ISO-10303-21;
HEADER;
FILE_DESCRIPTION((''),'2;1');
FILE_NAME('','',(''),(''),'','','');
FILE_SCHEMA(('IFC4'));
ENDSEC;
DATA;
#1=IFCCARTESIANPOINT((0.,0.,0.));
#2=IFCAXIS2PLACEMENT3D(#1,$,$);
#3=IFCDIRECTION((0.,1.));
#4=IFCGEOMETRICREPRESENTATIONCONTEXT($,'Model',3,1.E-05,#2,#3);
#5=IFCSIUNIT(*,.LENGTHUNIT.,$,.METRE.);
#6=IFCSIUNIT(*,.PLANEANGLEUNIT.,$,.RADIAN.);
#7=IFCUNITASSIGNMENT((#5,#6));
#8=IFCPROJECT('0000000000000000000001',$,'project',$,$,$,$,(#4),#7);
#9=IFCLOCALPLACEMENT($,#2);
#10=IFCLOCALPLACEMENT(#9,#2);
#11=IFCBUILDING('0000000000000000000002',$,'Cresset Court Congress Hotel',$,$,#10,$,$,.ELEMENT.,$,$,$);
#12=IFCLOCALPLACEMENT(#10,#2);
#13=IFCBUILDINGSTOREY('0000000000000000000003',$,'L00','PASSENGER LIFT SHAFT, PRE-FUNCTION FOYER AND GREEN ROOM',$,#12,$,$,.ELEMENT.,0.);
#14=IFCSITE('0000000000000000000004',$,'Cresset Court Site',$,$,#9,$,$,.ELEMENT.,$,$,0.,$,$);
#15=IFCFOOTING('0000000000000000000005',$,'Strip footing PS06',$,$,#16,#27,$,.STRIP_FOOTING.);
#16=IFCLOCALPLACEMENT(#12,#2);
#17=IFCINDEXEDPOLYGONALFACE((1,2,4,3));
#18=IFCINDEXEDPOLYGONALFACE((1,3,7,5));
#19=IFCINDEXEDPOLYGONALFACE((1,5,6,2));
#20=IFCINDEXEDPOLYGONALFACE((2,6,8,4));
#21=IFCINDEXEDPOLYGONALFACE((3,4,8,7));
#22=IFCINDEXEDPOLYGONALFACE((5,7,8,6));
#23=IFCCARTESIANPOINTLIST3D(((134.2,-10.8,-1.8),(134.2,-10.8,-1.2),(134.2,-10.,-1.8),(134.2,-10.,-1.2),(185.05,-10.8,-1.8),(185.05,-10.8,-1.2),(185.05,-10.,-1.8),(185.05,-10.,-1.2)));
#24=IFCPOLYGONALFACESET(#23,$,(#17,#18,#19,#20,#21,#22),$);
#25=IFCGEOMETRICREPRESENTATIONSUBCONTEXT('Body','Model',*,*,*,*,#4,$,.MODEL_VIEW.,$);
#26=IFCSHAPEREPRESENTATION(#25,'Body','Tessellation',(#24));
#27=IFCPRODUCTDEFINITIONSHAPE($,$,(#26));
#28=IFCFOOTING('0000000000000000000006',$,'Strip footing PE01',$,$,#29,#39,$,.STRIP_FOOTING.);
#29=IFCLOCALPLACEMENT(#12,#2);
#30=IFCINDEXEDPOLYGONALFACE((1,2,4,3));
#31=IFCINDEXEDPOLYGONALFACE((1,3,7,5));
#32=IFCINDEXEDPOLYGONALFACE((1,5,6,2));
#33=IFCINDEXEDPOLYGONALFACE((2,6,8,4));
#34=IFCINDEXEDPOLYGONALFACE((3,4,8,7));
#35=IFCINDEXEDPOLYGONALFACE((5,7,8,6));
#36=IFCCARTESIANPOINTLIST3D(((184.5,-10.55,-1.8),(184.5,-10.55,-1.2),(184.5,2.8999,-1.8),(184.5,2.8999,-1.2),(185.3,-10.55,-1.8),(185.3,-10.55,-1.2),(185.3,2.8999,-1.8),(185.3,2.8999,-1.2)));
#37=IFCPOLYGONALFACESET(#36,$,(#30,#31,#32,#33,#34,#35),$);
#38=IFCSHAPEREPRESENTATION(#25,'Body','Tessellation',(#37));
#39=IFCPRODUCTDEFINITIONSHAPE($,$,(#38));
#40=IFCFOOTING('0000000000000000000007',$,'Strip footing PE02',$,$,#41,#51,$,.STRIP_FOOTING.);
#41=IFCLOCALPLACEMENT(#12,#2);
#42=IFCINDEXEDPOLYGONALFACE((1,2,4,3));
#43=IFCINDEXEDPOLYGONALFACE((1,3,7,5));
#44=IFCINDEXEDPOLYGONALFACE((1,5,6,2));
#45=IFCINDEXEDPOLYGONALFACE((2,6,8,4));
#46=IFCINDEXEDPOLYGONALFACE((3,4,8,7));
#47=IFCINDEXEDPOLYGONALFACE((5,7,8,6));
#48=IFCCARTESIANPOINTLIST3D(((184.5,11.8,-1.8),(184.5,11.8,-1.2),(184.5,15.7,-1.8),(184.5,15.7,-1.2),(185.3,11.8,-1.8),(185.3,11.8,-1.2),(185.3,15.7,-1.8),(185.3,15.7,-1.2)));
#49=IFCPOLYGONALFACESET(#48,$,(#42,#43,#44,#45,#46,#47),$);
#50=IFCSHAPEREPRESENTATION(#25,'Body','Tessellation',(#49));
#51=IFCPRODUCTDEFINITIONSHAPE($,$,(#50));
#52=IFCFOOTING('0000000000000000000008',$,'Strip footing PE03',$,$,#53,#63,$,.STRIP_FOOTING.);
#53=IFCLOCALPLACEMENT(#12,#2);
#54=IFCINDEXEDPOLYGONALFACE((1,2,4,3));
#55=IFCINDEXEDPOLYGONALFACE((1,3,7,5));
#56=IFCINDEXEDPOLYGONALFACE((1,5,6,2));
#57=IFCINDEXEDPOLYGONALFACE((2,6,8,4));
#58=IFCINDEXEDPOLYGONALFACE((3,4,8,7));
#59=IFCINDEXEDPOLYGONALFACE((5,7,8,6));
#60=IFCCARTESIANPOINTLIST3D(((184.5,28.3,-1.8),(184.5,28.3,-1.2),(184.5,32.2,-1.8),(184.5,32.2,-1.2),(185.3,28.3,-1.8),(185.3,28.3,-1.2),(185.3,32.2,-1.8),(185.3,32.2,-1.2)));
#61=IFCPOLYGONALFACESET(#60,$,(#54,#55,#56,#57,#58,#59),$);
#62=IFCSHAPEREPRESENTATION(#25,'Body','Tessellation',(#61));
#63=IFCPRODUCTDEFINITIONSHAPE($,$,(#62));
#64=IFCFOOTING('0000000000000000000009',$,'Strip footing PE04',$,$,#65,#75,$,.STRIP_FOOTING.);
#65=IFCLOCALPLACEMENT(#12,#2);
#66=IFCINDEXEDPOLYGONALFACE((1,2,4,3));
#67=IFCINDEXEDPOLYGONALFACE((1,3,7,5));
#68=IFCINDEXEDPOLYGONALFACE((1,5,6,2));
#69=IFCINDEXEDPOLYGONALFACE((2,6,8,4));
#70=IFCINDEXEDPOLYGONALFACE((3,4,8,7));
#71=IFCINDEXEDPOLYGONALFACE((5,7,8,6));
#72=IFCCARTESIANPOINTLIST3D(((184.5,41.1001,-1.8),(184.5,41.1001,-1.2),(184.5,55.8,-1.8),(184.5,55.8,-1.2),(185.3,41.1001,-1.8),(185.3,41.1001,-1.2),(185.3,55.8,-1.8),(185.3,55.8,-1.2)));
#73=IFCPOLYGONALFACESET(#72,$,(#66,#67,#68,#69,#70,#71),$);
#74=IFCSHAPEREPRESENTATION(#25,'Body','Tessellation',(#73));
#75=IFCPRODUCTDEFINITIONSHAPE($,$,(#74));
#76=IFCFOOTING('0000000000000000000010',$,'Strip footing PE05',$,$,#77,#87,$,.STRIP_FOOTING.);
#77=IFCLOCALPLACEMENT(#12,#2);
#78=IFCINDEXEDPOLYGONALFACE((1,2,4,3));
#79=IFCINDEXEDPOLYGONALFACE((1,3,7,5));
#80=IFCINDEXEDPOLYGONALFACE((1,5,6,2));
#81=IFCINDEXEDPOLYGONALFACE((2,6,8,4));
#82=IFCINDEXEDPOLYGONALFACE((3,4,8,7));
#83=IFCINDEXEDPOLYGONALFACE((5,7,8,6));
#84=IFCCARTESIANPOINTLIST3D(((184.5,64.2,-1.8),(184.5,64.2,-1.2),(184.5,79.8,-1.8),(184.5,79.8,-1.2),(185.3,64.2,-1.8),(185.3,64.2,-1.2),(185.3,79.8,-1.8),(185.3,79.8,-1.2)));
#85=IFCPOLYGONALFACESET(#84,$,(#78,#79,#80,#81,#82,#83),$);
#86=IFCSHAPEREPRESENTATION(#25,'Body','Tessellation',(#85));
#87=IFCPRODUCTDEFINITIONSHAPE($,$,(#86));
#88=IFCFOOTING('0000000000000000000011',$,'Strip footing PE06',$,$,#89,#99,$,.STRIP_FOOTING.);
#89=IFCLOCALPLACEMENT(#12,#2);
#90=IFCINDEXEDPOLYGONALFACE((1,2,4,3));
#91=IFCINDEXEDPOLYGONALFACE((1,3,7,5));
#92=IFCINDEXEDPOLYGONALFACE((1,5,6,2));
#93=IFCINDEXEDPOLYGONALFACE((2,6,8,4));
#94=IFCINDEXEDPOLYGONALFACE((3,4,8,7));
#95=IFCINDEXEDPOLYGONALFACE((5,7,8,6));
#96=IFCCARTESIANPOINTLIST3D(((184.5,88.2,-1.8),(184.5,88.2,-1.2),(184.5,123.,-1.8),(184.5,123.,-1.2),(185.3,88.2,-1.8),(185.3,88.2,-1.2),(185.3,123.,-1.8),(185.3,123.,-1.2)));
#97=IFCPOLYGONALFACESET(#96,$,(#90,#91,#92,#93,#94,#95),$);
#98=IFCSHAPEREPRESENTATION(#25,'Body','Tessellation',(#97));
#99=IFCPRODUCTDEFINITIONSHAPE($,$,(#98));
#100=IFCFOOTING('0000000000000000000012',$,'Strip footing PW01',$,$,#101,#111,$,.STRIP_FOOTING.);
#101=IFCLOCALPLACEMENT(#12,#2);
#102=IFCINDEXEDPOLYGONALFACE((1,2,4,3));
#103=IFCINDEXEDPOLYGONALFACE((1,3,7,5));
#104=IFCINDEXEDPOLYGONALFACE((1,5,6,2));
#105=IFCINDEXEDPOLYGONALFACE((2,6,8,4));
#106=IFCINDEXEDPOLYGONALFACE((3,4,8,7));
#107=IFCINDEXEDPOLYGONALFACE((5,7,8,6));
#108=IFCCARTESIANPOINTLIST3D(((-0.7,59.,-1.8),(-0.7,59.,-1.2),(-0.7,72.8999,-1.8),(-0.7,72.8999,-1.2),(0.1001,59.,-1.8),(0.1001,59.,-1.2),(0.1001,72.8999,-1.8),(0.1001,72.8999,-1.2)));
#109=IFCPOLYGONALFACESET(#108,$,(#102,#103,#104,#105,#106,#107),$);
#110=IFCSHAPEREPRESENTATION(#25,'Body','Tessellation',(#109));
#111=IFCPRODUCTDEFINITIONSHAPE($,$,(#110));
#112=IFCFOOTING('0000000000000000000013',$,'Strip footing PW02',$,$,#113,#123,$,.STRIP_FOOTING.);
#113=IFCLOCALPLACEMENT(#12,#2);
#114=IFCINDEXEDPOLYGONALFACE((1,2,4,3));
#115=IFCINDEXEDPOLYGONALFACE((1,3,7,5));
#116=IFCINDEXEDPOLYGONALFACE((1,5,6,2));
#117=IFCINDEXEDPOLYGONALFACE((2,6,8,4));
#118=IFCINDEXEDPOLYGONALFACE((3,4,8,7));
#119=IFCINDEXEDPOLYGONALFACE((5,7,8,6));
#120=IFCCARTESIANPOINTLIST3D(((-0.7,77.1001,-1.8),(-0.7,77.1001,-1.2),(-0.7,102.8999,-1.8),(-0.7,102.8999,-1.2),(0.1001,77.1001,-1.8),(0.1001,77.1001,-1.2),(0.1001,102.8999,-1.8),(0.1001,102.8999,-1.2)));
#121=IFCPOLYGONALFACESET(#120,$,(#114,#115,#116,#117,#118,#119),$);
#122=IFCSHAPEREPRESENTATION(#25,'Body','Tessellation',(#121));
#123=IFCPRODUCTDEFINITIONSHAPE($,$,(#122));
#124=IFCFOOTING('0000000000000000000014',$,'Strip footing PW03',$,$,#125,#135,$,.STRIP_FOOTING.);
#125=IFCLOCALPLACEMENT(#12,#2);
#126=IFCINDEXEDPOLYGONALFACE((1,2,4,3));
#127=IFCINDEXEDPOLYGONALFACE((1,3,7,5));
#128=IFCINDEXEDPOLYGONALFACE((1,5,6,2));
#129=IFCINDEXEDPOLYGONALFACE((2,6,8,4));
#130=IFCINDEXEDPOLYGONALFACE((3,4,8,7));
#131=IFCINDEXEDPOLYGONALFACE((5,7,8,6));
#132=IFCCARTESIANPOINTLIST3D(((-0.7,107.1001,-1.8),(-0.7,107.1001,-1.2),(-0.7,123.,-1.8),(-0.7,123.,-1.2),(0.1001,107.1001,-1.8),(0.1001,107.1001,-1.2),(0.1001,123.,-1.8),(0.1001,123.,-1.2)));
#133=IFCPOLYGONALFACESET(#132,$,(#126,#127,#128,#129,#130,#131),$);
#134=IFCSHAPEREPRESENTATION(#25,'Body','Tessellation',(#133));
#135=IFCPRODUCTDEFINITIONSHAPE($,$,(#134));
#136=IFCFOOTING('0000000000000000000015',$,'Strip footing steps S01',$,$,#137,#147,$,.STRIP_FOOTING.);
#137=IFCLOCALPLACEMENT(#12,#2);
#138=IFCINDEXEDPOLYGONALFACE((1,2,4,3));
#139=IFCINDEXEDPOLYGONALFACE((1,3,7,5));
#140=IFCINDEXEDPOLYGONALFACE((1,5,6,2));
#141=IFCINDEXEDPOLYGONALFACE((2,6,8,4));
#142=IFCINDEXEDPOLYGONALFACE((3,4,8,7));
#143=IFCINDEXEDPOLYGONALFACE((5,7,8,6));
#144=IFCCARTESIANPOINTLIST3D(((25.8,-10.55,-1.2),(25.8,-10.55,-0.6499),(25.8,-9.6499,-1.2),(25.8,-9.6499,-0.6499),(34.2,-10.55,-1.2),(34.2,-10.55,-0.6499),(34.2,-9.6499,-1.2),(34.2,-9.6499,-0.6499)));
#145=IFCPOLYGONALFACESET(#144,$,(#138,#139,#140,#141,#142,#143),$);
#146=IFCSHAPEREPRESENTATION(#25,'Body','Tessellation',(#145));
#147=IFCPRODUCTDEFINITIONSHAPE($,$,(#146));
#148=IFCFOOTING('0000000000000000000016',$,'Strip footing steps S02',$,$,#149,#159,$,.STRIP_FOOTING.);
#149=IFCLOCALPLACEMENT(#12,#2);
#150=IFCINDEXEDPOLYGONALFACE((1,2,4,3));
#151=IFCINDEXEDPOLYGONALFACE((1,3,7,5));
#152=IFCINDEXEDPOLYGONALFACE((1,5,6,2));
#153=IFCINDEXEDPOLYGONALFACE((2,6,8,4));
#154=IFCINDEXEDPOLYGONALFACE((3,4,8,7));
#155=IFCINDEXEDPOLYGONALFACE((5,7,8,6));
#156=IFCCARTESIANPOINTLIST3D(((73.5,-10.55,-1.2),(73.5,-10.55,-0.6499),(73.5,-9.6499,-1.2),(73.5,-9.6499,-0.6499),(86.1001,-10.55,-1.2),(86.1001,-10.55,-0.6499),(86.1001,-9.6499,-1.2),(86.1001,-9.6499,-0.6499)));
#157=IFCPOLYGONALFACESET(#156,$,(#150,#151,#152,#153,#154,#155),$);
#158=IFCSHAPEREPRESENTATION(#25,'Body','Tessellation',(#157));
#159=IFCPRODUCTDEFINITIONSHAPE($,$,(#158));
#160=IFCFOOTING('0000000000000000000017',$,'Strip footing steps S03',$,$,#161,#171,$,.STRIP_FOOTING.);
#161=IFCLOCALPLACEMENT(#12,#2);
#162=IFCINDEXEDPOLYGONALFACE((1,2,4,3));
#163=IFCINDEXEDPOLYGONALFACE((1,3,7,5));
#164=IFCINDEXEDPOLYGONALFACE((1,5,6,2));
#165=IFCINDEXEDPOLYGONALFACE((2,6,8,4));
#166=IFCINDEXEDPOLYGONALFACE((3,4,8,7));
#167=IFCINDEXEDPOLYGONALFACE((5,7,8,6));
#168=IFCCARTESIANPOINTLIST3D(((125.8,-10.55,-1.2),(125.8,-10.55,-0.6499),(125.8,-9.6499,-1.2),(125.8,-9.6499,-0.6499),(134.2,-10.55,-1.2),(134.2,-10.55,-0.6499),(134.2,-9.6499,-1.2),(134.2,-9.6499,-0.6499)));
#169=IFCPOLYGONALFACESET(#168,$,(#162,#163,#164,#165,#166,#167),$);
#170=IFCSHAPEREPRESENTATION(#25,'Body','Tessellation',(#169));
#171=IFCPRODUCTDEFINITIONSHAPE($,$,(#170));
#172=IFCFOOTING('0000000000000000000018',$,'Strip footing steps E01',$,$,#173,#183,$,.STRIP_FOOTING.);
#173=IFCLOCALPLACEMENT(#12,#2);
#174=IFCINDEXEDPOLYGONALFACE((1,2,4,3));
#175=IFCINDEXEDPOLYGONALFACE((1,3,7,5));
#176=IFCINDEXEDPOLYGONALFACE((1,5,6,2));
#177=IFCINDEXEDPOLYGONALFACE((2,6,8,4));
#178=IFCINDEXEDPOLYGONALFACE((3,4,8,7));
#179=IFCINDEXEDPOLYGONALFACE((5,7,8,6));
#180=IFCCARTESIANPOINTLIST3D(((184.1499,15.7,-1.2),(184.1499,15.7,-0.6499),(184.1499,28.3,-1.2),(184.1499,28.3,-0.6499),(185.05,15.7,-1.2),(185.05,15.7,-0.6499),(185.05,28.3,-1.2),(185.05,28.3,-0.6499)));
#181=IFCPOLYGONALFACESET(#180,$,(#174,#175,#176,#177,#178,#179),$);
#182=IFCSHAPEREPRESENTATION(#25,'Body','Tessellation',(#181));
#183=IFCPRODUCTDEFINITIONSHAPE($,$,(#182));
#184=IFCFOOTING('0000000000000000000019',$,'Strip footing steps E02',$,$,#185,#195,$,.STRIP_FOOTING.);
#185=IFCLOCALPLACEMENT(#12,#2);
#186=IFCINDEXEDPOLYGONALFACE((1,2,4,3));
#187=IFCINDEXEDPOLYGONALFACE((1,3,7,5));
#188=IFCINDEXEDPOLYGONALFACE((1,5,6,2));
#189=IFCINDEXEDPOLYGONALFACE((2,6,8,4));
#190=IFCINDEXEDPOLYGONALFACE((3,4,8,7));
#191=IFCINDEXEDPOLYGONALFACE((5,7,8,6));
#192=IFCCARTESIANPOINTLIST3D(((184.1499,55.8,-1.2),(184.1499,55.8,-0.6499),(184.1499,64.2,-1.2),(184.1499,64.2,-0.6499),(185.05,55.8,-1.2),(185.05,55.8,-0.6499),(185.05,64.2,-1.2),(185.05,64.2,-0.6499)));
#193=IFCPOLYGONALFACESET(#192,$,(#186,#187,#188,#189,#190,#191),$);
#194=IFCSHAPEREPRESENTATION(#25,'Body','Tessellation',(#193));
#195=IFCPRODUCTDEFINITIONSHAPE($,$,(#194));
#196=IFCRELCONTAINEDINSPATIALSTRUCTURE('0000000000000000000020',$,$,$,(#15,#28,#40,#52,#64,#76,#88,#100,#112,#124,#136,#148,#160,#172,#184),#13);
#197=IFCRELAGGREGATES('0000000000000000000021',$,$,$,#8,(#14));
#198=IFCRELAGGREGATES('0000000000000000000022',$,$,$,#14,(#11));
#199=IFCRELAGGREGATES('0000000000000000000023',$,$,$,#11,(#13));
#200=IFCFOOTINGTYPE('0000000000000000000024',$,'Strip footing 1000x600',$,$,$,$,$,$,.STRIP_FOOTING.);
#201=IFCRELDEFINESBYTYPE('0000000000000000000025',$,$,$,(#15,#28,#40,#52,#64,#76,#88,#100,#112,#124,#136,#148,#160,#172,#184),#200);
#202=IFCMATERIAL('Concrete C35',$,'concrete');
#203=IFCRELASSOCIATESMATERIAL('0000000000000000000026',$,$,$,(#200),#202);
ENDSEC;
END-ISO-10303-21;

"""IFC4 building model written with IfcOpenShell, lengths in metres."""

from ifc_helpers import new_model, si_unit, direction, frame, origin, place, context, subcontext, project, spatial, polyline, outline, extrude, material, type_object, element, save


model = new_model("IFC4")

# Units and contexts
model_context = context("Model", 3, precision=1e-05, world=origin(), true_north=direction((0.0, 1.0)))
body_context = subcontext(model_context, "Body", "Model", "MODEL_VIEW")
ifc_project = project(units=[si_unit("LENGTHUNIT", "METRE"), si_unit("PLANEANGLEUNIT", "RADIAN")], contexts=[model_context])

# Site, building, storey
site_placement = place(None, origin())
site = spatial("IfcSite", under=ifc_project, at=site_placement, Name="Cresset Court Site", CompositionType="ELEMENT", RefElevation=0.0)
building_placement = place(site_placement, origin())
building = spatial("IfcBuilding", under=site, at=building_placement, Name="Cresset Court Congress Hotel", CompositionType="ELEMENT")
storey_placement = place(building_placement, origin())
storey = spatial("IfcBuildingStorey", under=building, at=storey_placement, Name="L00", Description="PASSENGER LIFT SHAFT, PRE-FUNCTION FOYER AND GREEN ROOM", CompositionType="ELEMENT", Elevation=0.0)

# Footings
ifc_material_1 = material(Name="Concrete C35", Category="concrete")
footing_type = type_object("IfcFootingType", Name="Strip footing 1000x600", PredefinedType="STRIP_FOOTING", material=ifc_material_1)
footing_1_placement = place(storey_placement, frame((0.0, 0.0, -1.8)))
element("IfcFooting", 1, at=footing_1_placement, inside=storey, type_object=footing_type, Name="Strip footing PS06", PredefinedType="STRIP_FOOTING", context=body_context, shape_type="SweptSolid", body=[
    extrude(outline(polyline([(134.2, -10.0), (185.05, -10.0), (185.05, -10.8), (134.2, -10.8), (134.2, -10.0)])), origin(), (0.0, 0.0, 1.0), 0.6001),
])
footing_2_placement = place(storey_placement, frame((0.0, 0.0, -1.8)))
element("IfcFooting", 2, at=footing_2_placement, inside=storey, type_object=footing_type, Name="Strip footing PE01", PredefinedType="STRIP_FOOTING", context=body_context, shape_type="SweptSolid", body=[
    extrude(outline(polyline([(184.5, -10.55), (184.5, 2.8999), (185.3, 2.8999), (185.3, -10.55), (184.5, -10.55)])), origin(), (0.0, 0.0, 1.0), 0.6001),
])
footing_3_placement = place(storey_placement, frame((0.0, 0.0, -1.8)))
element("IfcFooting", 3, at=footing_3_placement, inside=storey, type_object=footing_type, Name="Strip footing PE02", PredefinedType="STRIP_FOOTING", context=body_context, shape_type="SweptSolid", body=[
    extrude(outline(polyline([(184.5, 11.8), (184.5, 15.7), (185.3, 15.7), (185.3, 11.8), (184.5, 11.8)])), origin(), (0.0, 0.0, 1.0), 0.6001),
])
footing_4_placement = place(storey_placement, frame((0.0, 0.0, -1.8)))
element("IfcFooting", 4, at=footing_4_placement, inside=storey, type_object=footing_type, Name="Strip footing PE03", PredefinedType="STRIP_FOOTING", context=body_context, shape_type="SweptSolid", body=[
    extrude(outline(polyline([(184.5, 28.3), (184.5, 32.2), (185.3, 32.2), (185.3, 28.3), (184.5, 28.3)])), origin(), (0.0, 0.0, 1.0), 0.6001),
])
footing_5_placement = place(storey_placement, frame((0.0, 0.0, -1.8)))
element("IfcFooting", 5, at=footing_5_placement, inside=storey, type_object=footing_type, Name="Strip footing PE04", PredefinedType="STRIP_FOOTING", context=body_context, shape_type="SweptSolid", body=[
    extrude(outline(polyline([(184.5, 41.1001), (184.5, 55.8), (185.3, 55.8), (185.3, 41.1001), (184.5, 41.1001)])), origin(), (0.0, 0.0, 1.0), 0.6001),
])
footing_6_placement = place(storey_placement, frame((0.0, 0.0, -1.8)))
element("IfcFooting", 6, at=footing_6_placement, inside=storey, type_object=footing_type, Name="Strip footing PE05", PredefinedType="STRIP_FOOTING", context=body_context, shape_type="SweptSolid", body=[
    extrude(outline(polyline([(184.5, 64.2), (184.5, 79.8), (185.3, 79.8), (185.3, 64.2), (184.5, 64.2)])), origin(), (0.0, 0.0, 1.0), 0.6001),
])
footing_7_placement = place(storey_placement, frame((0.0, 0.0, -1.8)))
element("IfcFooting", 7, at=footing_7_placement, inside=storey, type_object=footing_type, Name="Strip footing PE06", PredefinedType="STRIP_FOOTING", context=body_context, shape_type="SweptSolid", body=[
    extrude(outline(polyline([(184.5, 88.2), (184.5, 123.0), (185.3, 123.0), (185.3, 88.2), (184.5, 88.2)])), origin(), (0.0, 0.0, 1.0), 0.6001),
])
footing_8_placement = place(storey_placement, frame((0.0, 0.0, -1.8)))
element("IfcFooting", 8, at=footing_8_placement, inside=storey, type_object=footing_type, Name="Strip footing PW01", PredefinedType="STRIP_FOOTING", context=body_context, shape_type="SweptSolid", body=[
    extrude(outline(polyline([(-0.7, 59.0), (-0.7, 72.8999), (0.1001, 72.8999), (0.1001, 59.0), (-0.7, 59.0)])), origin(), (0.0, 0.0, 1.0), 0.6001),
])
footing_9_placement = place(storey_placement, frame((0.0, 0.0, -1.8)))
element("IfcFooting", 9, at=footing_9_placement, inside=storey, type_object=footing_type, Name="Strip footing PW02", PredefinedType="STRIP_FOOTING", context=body_context, shape_type="SweptSolid", body=[
    extrude(outline(polyline([(-0.7, 77.1001), (-0.7, 102.8999), (0.1001, 102.8999), (0.1001, 77.1001), (-0.7, 77.1001)])), origin(), (0.0, 0.0, 1.0), 0.6001),
])
footing_10_placement = place(storey_placement, frame((0.0, 0.0, -1.8)))
element("IfcFooting", 10, at=footing_10_placement, inside=storey, type_object=footing_type, Name="Strip footing PW03", PredefinedType="STRIP_FOOTING", context=body_context, shape_type="SweptSolid", body=[
    extrude(outline(polyline([(-0.7, 107.1001), (-0.7, 123.0), (0.1001, 123.0), (0.1001, 107.1001), (-0.7, 107.1001)])), origin(), (0.0, 0.0, 1.0), 0.6001),
])
footing_11_placement = place(storey_placement, frame((0.0, 0.0, -1.2)))
element("IfcFooting", 11, at=footing_11_placement, inside=storey, type_object=footing_type, Name="Strip footing steps S01", PredefinedType="STRIP_FOOTING", context=body_context, shape_type="SweptSolid", body=[
    extrude(outline(polyline([(25.8, -9.6499), (34.2, -9.6499), (34.2, -10.55), (25.8, -10.55), (25.8, -9.6499)])), origin(), (0.0, 0.0, 1.0), 0.55),
])
footing_12_placement = place(storey_placement, frame((0.0, 0.0, -1.2)))
element("IfcFooting", 12, at=footing_12_placement, inside=storey, type_object=footing_type, Name="Strip footing steps S02", PredefinedType="STRIP_FOOTING", context=body_context, shape_type="SweptSolid", body=[
    extrude(outline(polyline([(73.5, -9.6499), (86.1001, -9.6499), (86.1001, -10.55), (73.5, -10.55), (73.5, -9.6499)])), origin(), (0.0, 0.0, 1.0), 0.55),
])
footing_13_placement = place(storey_placement, frame((0.0, 0.0, -1.2)))
element("IfcFooting", 13, at=footing_13_placement, inside=storey, type_object=footing_type, Name="Strip footing steps S03", PredefinedType="STRIP_FOOTING", context=body_context, shape_type="SweptSolid", body=[
    extrude(outline(polyline([(125.8, -9.6499), (134.2, -9.6499), (134.2, -10.55), (125.8, -10.55), (125.8, -9.6499)])), origin(), (0.0, 0.0, 1.0), 0.55),
])
footing_14_placement = place(storey_placement, frame((0.0, 0.0, -1.2)))
element("IfcFooting", 14, at=footing_14_placement, inside=storey, type_object=footing_type, Name="Strip footing steps E01", PredefinedType="STRIP_FOOTING", context=body_context, shape_type="SweptSolid", body=[
    extrude(outline(polyline([(184.1499, 15.7), (184.1499, 28.3), (185.05, 28.3), (185.05, 15.7), (184.1499, 15.7)])), origin(), (0.0, 0.0, 1.0), 0.55),
])
footing_15_placement = place(storey_placement, frame((0.0, 0.0, -1.2)))
element("IfcFooting", 15, at=footing_15_placement, inside=storey, type_object=footing_type, Name="Strip footing steps E02", PredefinedType="STRIP_FOOTING", context=body_context, shape_type="SweptSolid", body=[
    extrude(outline(polyline([(184.1499, 55.8), (184.1499, 64.2), (185.05, 64.2), (185.05, 55.8), (184.1499, 55.8)])), origin(), (0.0, 0.0, 1.0), 0.55),
])

save(model, "model.ifc")
